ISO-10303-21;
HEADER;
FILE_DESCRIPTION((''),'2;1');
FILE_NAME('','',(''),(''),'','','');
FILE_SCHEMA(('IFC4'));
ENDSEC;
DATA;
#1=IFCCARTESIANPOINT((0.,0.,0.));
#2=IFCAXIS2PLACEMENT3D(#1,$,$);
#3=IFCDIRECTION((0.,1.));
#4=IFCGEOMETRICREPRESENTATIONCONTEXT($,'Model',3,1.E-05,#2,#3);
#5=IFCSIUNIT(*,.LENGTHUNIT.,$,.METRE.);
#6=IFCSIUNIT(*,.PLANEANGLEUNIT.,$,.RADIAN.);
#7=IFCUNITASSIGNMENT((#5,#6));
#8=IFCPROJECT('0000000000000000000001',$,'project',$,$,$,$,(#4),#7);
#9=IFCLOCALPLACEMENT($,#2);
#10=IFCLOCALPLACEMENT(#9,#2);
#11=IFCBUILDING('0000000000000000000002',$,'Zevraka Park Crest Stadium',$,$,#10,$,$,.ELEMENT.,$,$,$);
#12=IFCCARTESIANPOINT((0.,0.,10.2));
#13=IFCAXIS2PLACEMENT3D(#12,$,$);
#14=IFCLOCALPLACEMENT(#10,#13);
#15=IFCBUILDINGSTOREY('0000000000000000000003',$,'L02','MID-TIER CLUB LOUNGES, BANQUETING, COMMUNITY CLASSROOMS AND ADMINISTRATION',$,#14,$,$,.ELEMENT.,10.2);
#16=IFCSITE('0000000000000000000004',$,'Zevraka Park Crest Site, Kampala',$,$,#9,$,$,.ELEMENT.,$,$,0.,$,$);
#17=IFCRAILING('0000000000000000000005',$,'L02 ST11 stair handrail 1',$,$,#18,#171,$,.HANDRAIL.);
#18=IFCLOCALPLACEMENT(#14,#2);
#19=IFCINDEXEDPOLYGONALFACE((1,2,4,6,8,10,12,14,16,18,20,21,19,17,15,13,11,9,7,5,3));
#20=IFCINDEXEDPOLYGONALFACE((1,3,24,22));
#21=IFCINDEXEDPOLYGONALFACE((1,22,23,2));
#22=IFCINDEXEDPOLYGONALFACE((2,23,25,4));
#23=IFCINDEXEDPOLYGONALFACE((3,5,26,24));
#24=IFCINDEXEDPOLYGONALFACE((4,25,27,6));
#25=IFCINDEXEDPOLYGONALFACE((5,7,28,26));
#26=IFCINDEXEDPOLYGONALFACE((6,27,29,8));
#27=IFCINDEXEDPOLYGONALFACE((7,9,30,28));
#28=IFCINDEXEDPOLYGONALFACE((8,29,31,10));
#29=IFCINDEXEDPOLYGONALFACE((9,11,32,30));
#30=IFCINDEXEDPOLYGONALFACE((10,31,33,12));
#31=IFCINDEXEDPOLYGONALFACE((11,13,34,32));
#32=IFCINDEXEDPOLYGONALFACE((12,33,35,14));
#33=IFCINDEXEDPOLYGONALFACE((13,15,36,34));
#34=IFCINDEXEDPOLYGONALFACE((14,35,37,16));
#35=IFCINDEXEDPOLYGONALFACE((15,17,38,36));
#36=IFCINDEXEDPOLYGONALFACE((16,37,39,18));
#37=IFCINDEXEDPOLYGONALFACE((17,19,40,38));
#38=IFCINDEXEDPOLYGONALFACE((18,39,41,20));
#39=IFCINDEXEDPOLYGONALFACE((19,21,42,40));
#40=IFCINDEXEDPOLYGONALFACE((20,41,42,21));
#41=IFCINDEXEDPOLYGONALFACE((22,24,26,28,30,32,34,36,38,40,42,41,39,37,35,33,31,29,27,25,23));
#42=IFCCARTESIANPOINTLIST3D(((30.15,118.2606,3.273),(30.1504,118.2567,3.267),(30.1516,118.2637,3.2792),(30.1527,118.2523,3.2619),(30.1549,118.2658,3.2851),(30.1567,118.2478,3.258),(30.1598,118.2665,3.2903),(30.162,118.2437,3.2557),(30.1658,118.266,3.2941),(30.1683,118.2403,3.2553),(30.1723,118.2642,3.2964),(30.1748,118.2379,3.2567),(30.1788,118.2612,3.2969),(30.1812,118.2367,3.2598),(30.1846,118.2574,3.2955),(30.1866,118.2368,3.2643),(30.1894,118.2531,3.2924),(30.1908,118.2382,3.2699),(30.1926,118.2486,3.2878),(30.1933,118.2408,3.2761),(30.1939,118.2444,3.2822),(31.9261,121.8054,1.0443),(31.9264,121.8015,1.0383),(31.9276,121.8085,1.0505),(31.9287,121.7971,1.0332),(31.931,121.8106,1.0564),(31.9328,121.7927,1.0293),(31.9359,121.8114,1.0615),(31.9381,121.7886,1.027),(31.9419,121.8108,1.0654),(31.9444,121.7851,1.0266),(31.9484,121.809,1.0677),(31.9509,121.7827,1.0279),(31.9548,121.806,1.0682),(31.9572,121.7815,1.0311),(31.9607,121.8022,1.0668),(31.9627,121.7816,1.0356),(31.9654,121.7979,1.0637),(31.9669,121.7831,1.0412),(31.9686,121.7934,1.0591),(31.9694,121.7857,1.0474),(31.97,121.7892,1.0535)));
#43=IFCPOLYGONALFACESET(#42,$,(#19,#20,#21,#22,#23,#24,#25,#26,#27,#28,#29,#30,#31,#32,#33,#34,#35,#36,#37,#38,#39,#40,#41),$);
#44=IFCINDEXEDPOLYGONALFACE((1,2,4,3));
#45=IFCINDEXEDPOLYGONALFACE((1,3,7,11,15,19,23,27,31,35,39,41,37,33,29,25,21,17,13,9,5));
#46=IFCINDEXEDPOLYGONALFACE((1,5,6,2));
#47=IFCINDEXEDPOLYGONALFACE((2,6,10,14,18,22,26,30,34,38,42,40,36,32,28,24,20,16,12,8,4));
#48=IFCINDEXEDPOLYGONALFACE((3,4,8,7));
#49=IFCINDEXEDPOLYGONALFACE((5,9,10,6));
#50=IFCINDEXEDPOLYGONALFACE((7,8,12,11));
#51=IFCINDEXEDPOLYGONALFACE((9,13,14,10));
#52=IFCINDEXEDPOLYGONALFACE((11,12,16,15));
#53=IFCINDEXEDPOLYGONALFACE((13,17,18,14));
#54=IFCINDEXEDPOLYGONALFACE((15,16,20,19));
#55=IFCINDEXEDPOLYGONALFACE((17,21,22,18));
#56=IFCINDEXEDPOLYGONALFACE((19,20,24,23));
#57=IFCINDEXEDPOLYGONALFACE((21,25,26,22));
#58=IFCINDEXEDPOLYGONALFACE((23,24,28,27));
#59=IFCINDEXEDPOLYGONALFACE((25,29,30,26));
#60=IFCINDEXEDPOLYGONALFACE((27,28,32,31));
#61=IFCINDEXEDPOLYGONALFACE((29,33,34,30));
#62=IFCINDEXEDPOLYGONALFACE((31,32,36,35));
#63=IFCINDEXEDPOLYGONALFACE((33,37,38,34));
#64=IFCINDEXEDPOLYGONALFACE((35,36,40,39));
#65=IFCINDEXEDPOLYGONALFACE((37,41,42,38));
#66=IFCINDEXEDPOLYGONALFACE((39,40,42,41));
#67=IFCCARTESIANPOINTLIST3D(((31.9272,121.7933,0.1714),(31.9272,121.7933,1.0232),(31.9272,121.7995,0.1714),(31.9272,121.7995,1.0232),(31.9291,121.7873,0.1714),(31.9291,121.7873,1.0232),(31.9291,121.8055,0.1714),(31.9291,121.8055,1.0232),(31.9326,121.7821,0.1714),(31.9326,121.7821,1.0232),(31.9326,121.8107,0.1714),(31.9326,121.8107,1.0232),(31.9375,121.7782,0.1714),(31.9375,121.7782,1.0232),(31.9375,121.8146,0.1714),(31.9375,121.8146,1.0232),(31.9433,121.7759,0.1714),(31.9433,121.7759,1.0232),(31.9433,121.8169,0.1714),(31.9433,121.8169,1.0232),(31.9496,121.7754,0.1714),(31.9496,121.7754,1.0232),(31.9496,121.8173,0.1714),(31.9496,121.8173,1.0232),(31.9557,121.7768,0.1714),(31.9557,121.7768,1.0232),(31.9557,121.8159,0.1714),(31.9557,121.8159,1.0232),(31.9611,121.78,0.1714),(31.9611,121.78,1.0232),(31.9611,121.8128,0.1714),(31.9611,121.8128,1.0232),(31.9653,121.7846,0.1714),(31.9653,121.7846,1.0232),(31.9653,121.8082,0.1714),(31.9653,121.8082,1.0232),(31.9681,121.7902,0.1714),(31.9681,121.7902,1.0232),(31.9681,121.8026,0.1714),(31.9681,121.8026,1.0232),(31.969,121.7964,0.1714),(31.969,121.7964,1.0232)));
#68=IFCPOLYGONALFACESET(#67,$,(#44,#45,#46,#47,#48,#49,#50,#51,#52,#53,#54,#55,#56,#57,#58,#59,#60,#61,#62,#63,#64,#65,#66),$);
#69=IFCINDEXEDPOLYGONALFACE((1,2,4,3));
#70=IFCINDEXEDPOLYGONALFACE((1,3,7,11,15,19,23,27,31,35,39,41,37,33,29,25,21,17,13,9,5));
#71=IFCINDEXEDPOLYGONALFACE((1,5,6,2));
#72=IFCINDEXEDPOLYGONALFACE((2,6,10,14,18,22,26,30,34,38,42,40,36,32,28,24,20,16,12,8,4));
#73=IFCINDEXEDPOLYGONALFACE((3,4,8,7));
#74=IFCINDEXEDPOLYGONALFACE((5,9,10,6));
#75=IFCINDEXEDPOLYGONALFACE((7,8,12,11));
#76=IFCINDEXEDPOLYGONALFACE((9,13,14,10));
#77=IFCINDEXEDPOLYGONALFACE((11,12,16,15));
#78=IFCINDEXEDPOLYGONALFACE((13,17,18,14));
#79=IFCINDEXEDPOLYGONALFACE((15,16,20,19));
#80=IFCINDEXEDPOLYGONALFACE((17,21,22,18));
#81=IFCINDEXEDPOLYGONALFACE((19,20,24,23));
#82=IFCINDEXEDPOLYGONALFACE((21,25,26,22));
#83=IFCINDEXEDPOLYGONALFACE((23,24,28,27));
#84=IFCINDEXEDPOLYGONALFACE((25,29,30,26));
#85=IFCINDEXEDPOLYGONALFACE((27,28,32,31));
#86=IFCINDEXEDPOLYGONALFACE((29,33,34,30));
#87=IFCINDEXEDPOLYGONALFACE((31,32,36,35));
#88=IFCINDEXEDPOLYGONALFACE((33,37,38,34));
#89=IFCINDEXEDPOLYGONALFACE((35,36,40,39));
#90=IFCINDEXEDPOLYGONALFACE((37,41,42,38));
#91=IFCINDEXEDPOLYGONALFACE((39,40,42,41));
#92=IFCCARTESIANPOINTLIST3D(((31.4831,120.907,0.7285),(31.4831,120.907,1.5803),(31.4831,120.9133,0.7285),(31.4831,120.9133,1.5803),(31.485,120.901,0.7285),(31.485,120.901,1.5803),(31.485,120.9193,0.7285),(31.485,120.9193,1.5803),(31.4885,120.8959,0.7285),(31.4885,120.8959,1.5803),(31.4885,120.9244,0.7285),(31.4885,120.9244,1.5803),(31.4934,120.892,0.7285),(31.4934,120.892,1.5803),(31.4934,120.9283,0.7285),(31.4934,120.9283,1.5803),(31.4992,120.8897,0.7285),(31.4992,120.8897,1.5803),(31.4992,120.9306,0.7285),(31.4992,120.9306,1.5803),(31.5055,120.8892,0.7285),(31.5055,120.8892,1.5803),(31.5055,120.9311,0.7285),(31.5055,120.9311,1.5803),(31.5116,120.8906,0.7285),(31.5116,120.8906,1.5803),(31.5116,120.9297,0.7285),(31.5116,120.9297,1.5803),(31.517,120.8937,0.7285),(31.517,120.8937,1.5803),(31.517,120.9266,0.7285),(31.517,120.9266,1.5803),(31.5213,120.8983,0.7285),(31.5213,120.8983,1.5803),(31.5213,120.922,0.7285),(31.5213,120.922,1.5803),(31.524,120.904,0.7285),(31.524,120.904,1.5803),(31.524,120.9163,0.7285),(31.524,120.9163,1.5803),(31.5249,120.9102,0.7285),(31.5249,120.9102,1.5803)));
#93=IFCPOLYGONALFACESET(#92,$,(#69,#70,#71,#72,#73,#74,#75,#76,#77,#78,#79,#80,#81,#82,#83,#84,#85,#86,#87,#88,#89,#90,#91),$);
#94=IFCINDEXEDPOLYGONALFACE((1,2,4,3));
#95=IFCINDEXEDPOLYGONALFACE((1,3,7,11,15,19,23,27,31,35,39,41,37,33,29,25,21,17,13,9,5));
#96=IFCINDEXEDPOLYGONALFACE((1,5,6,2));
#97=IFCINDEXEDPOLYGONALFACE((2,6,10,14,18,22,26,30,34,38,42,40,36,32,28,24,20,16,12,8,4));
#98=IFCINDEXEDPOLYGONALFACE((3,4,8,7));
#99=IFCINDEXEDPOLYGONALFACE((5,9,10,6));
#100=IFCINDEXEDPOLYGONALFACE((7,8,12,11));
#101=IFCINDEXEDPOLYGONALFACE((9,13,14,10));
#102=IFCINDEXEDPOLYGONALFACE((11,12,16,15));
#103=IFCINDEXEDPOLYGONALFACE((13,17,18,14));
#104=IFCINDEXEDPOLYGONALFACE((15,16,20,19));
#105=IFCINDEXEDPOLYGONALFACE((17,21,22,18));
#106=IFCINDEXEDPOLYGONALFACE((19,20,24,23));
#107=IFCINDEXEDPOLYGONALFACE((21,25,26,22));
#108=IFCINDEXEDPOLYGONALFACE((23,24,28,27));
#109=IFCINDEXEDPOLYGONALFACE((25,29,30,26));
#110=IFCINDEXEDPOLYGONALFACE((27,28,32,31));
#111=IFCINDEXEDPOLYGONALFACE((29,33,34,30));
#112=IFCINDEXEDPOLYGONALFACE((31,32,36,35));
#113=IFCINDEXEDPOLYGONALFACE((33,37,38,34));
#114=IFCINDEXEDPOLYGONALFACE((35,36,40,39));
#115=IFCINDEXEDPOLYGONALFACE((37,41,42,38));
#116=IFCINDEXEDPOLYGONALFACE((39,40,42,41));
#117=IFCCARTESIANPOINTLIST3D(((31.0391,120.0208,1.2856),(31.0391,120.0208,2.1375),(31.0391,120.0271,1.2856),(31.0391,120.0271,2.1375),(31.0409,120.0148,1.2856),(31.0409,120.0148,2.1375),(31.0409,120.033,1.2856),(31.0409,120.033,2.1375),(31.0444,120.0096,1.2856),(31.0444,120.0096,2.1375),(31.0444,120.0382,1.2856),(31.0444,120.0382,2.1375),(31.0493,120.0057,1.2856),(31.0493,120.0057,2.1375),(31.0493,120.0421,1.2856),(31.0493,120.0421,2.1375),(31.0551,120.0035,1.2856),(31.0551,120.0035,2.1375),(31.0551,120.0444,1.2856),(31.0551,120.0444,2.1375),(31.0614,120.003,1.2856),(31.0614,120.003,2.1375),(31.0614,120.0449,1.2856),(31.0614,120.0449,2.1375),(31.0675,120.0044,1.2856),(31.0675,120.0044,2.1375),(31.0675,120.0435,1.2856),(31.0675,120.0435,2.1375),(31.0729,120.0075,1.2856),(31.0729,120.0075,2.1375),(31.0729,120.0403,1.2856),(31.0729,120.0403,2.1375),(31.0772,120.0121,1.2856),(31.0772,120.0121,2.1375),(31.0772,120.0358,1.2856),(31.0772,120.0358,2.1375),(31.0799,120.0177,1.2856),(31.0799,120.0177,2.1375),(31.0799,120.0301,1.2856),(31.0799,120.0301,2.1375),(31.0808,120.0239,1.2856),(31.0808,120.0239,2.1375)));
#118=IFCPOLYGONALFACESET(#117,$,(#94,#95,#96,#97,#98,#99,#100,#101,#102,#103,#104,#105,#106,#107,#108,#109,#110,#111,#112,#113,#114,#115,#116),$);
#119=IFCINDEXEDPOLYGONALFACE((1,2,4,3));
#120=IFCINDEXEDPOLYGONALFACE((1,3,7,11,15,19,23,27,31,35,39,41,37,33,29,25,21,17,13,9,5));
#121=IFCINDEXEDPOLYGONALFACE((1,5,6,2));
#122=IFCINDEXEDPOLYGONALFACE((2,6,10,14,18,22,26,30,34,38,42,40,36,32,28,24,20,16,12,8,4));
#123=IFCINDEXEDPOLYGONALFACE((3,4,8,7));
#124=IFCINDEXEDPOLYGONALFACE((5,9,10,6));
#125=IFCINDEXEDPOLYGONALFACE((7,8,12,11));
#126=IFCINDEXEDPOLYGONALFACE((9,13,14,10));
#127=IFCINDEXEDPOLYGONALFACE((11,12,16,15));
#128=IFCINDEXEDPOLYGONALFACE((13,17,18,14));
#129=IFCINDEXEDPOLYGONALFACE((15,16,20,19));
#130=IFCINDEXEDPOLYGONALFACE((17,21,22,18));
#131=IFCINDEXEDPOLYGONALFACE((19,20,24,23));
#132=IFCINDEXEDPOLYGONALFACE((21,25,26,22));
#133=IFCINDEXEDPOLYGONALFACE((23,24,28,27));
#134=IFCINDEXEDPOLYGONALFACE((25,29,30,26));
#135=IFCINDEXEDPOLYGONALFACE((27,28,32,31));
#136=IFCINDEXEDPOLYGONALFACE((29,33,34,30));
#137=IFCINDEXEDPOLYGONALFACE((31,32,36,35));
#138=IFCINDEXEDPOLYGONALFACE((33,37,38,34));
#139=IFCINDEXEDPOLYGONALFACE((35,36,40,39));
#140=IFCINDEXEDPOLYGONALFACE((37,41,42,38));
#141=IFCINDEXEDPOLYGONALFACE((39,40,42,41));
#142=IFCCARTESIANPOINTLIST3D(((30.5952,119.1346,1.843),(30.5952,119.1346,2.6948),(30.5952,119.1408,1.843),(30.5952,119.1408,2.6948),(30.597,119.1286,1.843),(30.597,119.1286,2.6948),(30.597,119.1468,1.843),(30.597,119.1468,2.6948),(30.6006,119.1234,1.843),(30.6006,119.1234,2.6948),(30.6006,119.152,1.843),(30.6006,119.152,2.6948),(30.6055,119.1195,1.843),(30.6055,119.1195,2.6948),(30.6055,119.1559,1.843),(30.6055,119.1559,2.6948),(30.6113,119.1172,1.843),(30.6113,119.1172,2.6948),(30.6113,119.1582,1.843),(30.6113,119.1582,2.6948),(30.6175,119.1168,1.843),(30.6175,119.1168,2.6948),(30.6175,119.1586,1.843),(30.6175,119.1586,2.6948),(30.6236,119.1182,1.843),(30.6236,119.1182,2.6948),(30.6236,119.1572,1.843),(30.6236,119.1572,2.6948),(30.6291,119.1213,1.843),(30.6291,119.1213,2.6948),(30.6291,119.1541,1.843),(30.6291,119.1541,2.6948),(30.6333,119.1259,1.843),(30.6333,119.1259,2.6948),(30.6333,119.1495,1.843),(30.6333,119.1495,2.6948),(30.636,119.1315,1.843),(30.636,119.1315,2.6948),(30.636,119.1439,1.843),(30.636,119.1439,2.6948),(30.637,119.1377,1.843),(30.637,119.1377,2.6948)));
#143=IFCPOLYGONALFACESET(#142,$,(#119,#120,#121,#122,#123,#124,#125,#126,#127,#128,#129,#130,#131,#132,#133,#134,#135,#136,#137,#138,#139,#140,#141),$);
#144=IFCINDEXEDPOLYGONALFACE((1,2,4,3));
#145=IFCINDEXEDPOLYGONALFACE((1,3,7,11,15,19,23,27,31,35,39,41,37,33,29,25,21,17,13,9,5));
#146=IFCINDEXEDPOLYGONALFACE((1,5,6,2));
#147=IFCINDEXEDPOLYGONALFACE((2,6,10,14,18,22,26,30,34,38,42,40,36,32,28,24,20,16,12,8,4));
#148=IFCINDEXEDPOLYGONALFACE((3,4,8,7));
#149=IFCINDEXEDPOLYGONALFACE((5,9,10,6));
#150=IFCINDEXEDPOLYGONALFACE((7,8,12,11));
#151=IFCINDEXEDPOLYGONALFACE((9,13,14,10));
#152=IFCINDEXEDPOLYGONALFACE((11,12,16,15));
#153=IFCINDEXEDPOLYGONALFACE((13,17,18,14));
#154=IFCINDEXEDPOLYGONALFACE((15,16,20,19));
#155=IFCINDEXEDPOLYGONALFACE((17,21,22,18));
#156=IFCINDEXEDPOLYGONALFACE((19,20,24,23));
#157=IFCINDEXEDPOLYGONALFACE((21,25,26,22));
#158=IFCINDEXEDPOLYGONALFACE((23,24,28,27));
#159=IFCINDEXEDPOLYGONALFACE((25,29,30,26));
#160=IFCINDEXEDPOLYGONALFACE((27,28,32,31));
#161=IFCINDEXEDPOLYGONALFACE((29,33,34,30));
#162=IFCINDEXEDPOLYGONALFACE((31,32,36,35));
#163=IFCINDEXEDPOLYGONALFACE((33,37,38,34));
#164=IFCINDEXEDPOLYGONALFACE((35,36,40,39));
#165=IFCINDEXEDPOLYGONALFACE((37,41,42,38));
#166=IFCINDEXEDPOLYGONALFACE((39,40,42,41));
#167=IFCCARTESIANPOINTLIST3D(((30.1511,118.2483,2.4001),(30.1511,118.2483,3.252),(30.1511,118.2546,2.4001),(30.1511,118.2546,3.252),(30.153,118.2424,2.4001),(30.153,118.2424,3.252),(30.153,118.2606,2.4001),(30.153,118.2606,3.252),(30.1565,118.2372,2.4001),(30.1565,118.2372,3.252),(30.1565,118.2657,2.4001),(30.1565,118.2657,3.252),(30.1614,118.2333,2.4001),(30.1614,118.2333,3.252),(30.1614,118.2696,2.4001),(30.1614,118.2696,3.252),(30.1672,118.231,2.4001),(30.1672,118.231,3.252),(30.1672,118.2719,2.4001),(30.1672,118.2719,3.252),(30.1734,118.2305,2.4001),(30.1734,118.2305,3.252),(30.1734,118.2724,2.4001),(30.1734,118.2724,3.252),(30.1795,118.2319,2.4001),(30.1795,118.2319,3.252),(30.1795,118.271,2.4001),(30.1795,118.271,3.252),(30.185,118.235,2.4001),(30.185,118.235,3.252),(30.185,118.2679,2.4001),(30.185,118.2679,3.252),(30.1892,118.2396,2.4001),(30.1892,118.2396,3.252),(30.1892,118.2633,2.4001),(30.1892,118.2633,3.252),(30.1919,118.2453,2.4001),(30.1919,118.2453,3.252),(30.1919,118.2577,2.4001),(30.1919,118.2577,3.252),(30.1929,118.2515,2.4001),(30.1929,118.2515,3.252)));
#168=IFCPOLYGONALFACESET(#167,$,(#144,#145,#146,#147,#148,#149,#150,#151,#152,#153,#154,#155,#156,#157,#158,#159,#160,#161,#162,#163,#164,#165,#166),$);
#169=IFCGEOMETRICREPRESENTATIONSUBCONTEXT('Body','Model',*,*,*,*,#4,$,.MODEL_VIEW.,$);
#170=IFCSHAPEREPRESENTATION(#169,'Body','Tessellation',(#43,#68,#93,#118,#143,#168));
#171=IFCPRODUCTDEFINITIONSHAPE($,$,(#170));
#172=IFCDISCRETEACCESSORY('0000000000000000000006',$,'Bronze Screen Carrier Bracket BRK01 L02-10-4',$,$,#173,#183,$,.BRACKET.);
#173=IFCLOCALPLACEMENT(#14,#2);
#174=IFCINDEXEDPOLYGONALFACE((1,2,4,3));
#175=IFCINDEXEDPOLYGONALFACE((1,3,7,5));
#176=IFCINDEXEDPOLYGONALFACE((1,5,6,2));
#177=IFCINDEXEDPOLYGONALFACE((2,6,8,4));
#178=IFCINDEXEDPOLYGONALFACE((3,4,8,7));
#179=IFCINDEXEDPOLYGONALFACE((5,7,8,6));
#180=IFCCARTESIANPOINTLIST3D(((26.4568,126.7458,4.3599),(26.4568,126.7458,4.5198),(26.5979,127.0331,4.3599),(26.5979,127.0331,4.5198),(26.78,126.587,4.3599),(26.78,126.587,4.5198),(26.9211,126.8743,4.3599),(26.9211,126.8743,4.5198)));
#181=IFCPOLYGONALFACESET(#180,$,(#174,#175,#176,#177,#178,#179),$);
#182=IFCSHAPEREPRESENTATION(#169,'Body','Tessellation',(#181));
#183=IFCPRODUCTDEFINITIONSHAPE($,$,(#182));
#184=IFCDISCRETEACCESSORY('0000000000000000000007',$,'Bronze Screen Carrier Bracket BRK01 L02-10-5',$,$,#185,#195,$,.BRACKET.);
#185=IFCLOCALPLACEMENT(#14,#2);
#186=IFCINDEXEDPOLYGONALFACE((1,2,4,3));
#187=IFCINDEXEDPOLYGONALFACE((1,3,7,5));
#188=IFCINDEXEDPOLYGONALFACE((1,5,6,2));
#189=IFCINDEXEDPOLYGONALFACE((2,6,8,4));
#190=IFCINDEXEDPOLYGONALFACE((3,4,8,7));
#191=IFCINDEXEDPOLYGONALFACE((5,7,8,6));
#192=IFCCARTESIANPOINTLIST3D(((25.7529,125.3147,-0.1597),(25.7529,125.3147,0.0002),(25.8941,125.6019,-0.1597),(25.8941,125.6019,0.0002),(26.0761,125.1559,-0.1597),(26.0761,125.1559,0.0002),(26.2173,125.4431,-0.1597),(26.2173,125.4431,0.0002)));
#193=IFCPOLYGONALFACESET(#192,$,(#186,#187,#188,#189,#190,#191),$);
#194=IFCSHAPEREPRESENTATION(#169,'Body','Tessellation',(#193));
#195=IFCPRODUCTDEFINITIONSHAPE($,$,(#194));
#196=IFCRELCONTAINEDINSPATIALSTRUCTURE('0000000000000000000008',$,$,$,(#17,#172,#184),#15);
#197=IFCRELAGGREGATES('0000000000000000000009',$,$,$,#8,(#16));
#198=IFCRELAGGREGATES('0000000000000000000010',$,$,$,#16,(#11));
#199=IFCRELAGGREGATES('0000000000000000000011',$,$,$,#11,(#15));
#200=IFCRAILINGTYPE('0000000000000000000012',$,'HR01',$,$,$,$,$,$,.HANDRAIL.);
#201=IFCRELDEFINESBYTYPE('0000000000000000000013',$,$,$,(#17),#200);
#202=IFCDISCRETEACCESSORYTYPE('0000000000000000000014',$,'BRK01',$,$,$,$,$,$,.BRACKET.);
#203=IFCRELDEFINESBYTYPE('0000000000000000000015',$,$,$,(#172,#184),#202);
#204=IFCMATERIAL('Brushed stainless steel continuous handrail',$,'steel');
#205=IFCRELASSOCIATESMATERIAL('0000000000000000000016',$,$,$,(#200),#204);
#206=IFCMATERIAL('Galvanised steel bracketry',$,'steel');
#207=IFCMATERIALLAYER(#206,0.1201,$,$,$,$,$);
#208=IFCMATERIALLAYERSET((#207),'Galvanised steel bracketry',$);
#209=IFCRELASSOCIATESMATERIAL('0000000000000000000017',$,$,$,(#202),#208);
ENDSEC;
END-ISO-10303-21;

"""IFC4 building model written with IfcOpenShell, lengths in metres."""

from ifc_helpers import new_model, si_unit, direction, frame, origin, origin_2d, place, context, subcontext, project, spatial, rectangle, circle, extrude, material, layer, layer_set, type_object, element, save


model = new_model("IFC4")

# Units and contexts
model_context = context("Model", 3, precision=1e-05, world=origin(), true_north=direction((0.0, 1.0)))
body_context = subcontext(model_context, "Body", "Model", "MODEL_VIEW")
ifc_project = project(units=[si_unit("LENGTHUNIT", "METRE"), si_unit("PLANEANGLEUNIT", "RADIAN")], contexts=[model_context])

# Site, building, storey
site_placement = place(None, origin())
site = spatial("IfcSite", under=ifc_project, at=site_placement, Name="Zevraka Park Crest Site, Kampala", CompositionType="ELEMENT", RefElevation=0.0)
building_placement = place(site_placement, origin())
building = spatial("IfcBuilding", under=site, at=building_placement, Name="Zevraka Park Crest Stadium", CompositionType="ELEMENT")
storey_placement = place(building_placement, frame((0.0, 0.0, 10.2)))
storey = spatial("IfcBuildingStorey", under=building, at=storey_placement, Name="L02", Description="MID-TIER CLUB LOUNGES, BANQUETING, COMMUNITY CLASSROOMS AND ADMINISTRATION", CompositionType="ELEMENT", Elevation=10.2)

# Railing
ifc_material_1 = material(Name="Brushed stainless steel continuous handrail", Category="steel")
railing_type_1 = type_object("IfcRailingType", Name="HR01", PredefinedType="HANDRAIL", material=ifc_material_1)
railing_1_placement = place(storey_placement, frame((31.948, 121.7964, 0.1714)))
element("IfcRailing", 1, at=railing_1_placement, inside=storey, type_object=railing_type_1, Name="L02 ST11 stair handrail 1", PredefinedType="HANDRAIL", context=body_context, shape_type="SweptSolid", body=[
    extrude(circle(Radius=0.0239, at=origin_2d()), frame((0.0, 0.0, 0.876), z_axis=(-0.390489, -0.779368, 0.490004), x_axis=(0.894057, -0.447952, 0.0)), (0.0, 0.0, 1.0), 4.5483),
    extrude(circle(Radius=0.021, at=origin_2d()), origin(), (0.0, 0.0, 1.0), 0.8518),
    extrude(circle(Radius=0.021, at=origin_2d()), frame((-0.4441, -0.8862, 0.5571)), (0.0, 0.0, 1.0), 0.8518),
    extrude(circle(Radius=0.021, at=origin_2d()), frame((-0.8882, -1.7725, 1.1143)), (0.0, 0.0, 1.0), 0.8518),
    extrude(circle(Radius=0.021, at=origin_2d()), frame((-1.332, -2.6587, 1.6716)), (0.0, 0.0, 1.0), 0.8518),
    extrude(circle(Radius=0.021, at=origin_2d()), frame((-1.7761, -3.5449, 2.2288)), (0.0, 0.0, 1.0), 0.8518),
])

# Discrete accessories
ifc_material_2 = material(Name="Galvanised steel bracketry", Category="steel")
ifc_layer_1 = layer(ifc_material_2, 0.1201)
ifc_layer_set_1 = layer_set([ifc_layer_1], Name="Galvanised steel bracketry")
discrete_accessory_type = type_object("IfcDiscreteAccessoryType", Name="BRK01", PredefinedType="BRACKET", material=ifc_layer_set_1)
for number, where, z_axis, x_axis, name in (
    (2, (26.689, 126.8101, 4.3599), (0.0, 0.0, 1.0), (-0.441036, -0.897489, 0.0), "Bronze Screen Carrier Bracket BRK01 L02-10-4"),
    (3, (25.9851, 125.3789, -0.1597), (0.0, 0.0, 1.0), (-0.441036, -0.897489, 0.0), "Bronze Screen Carrier Bracket BRK01 L02-10-5"),
):
    element("IfcDiscreteAccessory", number, at=place(storey_placement, frame(where, z_axis=z_axis, x_axis=x_axis)), inside=storey, type_object=discrete_accessory_type, Name=name, PredefinedType="BRACKET", context=body_context, shape_type="SweptSolid", body=[
        extrude(rectangle(XDim=0.3201, YDim=0.3601, at=origin_2d()), origin(), (0.0, 0.0, 1.0), 0.1599),
    ])

save(model, "model.ifc")
